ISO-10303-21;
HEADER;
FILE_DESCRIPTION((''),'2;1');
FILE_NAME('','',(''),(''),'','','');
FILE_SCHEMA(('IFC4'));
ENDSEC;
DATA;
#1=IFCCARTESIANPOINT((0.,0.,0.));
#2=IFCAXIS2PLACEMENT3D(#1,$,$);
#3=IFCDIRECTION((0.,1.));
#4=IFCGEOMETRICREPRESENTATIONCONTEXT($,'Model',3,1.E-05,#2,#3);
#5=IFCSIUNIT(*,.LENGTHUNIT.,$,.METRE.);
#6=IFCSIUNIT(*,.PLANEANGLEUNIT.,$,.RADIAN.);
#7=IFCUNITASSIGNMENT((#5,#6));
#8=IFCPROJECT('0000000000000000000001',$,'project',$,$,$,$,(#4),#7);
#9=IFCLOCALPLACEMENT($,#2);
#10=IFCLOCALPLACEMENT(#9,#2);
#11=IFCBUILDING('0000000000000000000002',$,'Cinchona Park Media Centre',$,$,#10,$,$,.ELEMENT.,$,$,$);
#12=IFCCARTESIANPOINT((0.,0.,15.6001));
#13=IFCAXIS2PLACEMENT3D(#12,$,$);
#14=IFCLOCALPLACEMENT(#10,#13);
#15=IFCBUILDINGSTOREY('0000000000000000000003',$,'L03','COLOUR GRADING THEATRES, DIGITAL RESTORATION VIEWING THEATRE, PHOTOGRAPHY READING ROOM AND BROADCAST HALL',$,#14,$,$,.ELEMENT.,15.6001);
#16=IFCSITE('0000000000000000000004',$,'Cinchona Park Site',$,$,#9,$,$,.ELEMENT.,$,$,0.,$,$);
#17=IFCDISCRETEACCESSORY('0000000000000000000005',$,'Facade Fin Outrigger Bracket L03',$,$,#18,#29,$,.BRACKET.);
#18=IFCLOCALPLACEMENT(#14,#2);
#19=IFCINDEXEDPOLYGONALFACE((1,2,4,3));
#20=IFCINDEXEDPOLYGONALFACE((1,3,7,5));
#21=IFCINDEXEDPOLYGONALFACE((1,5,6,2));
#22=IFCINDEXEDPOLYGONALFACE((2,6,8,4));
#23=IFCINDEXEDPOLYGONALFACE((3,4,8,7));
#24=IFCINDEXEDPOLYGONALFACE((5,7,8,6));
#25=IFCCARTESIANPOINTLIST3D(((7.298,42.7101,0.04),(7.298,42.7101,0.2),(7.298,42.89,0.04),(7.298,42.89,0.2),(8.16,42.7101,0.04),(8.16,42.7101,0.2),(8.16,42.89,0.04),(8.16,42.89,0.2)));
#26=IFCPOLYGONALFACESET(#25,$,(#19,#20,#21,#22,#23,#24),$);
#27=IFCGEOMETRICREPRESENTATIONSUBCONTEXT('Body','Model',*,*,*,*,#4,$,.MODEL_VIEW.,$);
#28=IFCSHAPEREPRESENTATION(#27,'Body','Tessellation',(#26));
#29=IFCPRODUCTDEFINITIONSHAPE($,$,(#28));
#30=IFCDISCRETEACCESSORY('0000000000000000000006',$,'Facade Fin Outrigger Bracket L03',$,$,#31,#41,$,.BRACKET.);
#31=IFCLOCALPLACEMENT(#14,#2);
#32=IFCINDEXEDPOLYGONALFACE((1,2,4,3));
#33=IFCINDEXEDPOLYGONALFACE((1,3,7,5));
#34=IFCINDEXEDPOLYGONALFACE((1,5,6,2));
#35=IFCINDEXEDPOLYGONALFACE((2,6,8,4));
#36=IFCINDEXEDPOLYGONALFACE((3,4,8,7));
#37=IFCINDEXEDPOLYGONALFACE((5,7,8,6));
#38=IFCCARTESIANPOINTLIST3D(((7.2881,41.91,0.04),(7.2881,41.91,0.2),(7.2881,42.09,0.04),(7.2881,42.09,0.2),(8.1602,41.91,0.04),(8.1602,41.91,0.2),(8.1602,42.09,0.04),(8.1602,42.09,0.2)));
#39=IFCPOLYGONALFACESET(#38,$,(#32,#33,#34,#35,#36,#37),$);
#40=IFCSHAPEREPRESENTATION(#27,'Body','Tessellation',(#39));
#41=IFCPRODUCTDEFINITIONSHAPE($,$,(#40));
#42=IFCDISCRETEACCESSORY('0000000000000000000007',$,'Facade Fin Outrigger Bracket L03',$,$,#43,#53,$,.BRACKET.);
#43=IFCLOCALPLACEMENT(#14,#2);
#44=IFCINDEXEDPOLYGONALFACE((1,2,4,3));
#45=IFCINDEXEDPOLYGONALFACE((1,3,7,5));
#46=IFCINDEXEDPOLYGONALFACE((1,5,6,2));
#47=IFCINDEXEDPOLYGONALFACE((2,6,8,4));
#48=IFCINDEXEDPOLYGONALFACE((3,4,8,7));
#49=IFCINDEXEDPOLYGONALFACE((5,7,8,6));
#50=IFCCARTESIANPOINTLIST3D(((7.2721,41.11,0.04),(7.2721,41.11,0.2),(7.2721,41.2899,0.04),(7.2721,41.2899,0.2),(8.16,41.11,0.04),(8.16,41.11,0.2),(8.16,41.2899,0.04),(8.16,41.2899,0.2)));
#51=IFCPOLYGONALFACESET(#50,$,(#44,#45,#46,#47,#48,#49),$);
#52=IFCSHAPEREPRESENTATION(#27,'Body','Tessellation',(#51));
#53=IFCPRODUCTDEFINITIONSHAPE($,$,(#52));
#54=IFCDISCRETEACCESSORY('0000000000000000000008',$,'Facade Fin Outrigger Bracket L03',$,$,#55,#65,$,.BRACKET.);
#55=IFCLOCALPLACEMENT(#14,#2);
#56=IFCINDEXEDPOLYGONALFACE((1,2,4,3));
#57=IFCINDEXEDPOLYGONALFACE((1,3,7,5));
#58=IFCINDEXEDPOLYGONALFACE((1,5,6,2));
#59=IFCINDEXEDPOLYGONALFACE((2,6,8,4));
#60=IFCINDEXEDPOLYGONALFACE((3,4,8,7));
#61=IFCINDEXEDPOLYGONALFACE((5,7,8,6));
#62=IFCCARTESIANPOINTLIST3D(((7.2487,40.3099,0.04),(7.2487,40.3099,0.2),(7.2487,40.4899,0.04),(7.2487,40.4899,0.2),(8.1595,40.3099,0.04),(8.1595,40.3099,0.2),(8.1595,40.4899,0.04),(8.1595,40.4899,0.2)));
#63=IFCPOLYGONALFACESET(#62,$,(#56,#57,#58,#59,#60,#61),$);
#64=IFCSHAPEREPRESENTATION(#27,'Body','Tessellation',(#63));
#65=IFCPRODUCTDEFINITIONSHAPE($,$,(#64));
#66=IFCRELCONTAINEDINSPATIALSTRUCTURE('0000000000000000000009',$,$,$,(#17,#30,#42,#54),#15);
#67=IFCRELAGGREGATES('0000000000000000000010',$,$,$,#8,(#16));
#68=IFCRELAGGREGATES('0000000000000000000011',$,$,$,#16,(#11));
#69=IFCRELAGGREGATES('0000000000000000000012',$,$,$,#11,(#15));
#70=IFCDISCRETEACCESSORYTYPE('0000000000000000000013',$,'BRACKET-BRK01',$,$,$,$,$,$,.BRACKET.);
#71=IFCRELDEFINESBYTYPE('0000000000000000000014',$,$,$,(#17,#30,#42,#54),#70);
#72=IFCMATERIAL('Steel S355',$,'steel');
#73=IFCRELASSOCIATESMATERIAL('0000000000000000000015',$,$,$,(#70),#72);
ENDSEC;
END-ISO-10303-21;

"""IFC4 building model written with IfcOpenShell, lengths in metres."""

from ifc_helpers import new_model, si_unit, direction, frame, origin, origin_2d, place, context, subcontext, project, spatial, rectangle, extrude, material, type_object, element, save


model = new_model("IFC4")

# Units and contexts
model_context = context("Model", 3, precision=1e-05, world=origin(), true_north=direction((0.0, 1.0)))
body_context = subcontext(model_context, "Body", "Model", "MODEL_VIEW")
ifc_project = project(units=[si_unit("LENGTHUNIT", "METRE"), si_unit("PLANEANGLEUNIT", "RADIAN")], contexts=[model_context])

# Site, building, storey
site_placement = place(None, origin())
site = spatial("IfcSite", under=ifc_project, at=site_placement, Name="Cinchona Park Site", CompositionType="ELEMENT", RefElevation=0.0)
building_placement = place(site_placement, origin())
building = spatial("IfcBuilding", under=site, at=building_placement, Name="Cinchona Park Media Centre", CompositionType="ELEMENT")
storey_placement = place(building_placement, frame((0.0, 0.0, 15.6001)))
storey = spatial("IfcBuildingStorey", under=building, at=storey_placement, Name="L03", Description="COLOUR GRADING THEATRES, DIGITAL RESTORATION VIEWING THEATRE, PHOTOGRAPHY READING ROOM AND BROADCAST HALL", CompositionType="ELEMENT", Elevation=15.6001)

# Discrete accessories
ifc_material_1 = material(Name="Steel S355", Category="steel")
discrete_accessory_type = type_object("IfcDiscreteAccessoryType", Name="BRACKET-BRK01", PredefinedType="BRACKET", material=ifc_material_1)
discrete_accessory_1_placement = place(storey_placement, frame((7.729, 42.8, 0.04), z_axis=(0.0, 0.0, 1.0), x_axis=(0.0, -1.0, 0.0)))
element("IfcDiscreteAccessory", 1, at=discrete_accessory_1_placement, inside=storey, type_object=discrete_accessory_type, Name="Facade Fin Outrigger Bracket L03", PredefinedType="BRACKET", context=body_context, shape_type="SweptSolid", body=[
    extrude(rectangle(XDim=0.1799, YDim=0.8621, at=origin_2d()), origin(), (0.0, 0.0, 1.0), 0.1599),
])
discrete_accessory_2_placement = place(storey_placement, frame((7.7241, 42.0, 0.04), z_axis=(0.0, 0.0, 1.0), x_axis=(0.0, -1.0, 0.0)))
element("IfcDiscreteAccessory", 2, at=discrete_accessory_2_placement, inside=storey, type_object=discrete_accessory_type, Name="Facade Fin Outrigger Bracket L03", PredefinedType="BRACKET", context=body_context, shape_type="SweptSolid", body=[
    extrude(rectangle(XDim=0.1799, YDim=0.8721, at=origin_2d()), origin(), (0.0, 0.0, 1.0), 0.1599),
])
discrete_accessory_3_placement = place(storey_placement, frame((7.7161, 41.2, 0.04), z_axis=(0.0, 0.0, 1.0), x_axis=(0.0, -1.0, 0.0)))
element("IfcDiscreteAccessory", 3, at=discrete_accessory_3_placement, inside=storey, type_object=discrete_accessory_type, Name="Facade Fin Outrigger Bracket L03", PredefinedType="BRACKET", context=body_context, shape_type="SweptSolid", body=[
    extrude(rectangle(XDim=0.1799, YDim=0.8879, at=origin_2d()), origin(), (0.0, 0.0, 1.0), 0.1599),
])
discrete_accessory_4_placement = place(storey_placement, frame((7.7041, 40.3999, 0.04), z_axis=(0.0, 0.0, 1.0), x_axis=(0.0, -1.0, 0.0)))
element("IfcDiscreteAccessory", 4, at=discrete_accessory_4_placement, inside=storey, type_object=discrete_accessory_type, Name="Facade Fin Outrigger Bracket L03", PredefinedType="BRACKET", context=body_context, shape_type="SweptSolid", body=[
    extrude(rectangle(XDim=0.1799, YDim=0.9109, at=origin_2d()), origin(), (0.0, 0.0, 1.0), 0.1599),
])

save(model, "model.ifc")
